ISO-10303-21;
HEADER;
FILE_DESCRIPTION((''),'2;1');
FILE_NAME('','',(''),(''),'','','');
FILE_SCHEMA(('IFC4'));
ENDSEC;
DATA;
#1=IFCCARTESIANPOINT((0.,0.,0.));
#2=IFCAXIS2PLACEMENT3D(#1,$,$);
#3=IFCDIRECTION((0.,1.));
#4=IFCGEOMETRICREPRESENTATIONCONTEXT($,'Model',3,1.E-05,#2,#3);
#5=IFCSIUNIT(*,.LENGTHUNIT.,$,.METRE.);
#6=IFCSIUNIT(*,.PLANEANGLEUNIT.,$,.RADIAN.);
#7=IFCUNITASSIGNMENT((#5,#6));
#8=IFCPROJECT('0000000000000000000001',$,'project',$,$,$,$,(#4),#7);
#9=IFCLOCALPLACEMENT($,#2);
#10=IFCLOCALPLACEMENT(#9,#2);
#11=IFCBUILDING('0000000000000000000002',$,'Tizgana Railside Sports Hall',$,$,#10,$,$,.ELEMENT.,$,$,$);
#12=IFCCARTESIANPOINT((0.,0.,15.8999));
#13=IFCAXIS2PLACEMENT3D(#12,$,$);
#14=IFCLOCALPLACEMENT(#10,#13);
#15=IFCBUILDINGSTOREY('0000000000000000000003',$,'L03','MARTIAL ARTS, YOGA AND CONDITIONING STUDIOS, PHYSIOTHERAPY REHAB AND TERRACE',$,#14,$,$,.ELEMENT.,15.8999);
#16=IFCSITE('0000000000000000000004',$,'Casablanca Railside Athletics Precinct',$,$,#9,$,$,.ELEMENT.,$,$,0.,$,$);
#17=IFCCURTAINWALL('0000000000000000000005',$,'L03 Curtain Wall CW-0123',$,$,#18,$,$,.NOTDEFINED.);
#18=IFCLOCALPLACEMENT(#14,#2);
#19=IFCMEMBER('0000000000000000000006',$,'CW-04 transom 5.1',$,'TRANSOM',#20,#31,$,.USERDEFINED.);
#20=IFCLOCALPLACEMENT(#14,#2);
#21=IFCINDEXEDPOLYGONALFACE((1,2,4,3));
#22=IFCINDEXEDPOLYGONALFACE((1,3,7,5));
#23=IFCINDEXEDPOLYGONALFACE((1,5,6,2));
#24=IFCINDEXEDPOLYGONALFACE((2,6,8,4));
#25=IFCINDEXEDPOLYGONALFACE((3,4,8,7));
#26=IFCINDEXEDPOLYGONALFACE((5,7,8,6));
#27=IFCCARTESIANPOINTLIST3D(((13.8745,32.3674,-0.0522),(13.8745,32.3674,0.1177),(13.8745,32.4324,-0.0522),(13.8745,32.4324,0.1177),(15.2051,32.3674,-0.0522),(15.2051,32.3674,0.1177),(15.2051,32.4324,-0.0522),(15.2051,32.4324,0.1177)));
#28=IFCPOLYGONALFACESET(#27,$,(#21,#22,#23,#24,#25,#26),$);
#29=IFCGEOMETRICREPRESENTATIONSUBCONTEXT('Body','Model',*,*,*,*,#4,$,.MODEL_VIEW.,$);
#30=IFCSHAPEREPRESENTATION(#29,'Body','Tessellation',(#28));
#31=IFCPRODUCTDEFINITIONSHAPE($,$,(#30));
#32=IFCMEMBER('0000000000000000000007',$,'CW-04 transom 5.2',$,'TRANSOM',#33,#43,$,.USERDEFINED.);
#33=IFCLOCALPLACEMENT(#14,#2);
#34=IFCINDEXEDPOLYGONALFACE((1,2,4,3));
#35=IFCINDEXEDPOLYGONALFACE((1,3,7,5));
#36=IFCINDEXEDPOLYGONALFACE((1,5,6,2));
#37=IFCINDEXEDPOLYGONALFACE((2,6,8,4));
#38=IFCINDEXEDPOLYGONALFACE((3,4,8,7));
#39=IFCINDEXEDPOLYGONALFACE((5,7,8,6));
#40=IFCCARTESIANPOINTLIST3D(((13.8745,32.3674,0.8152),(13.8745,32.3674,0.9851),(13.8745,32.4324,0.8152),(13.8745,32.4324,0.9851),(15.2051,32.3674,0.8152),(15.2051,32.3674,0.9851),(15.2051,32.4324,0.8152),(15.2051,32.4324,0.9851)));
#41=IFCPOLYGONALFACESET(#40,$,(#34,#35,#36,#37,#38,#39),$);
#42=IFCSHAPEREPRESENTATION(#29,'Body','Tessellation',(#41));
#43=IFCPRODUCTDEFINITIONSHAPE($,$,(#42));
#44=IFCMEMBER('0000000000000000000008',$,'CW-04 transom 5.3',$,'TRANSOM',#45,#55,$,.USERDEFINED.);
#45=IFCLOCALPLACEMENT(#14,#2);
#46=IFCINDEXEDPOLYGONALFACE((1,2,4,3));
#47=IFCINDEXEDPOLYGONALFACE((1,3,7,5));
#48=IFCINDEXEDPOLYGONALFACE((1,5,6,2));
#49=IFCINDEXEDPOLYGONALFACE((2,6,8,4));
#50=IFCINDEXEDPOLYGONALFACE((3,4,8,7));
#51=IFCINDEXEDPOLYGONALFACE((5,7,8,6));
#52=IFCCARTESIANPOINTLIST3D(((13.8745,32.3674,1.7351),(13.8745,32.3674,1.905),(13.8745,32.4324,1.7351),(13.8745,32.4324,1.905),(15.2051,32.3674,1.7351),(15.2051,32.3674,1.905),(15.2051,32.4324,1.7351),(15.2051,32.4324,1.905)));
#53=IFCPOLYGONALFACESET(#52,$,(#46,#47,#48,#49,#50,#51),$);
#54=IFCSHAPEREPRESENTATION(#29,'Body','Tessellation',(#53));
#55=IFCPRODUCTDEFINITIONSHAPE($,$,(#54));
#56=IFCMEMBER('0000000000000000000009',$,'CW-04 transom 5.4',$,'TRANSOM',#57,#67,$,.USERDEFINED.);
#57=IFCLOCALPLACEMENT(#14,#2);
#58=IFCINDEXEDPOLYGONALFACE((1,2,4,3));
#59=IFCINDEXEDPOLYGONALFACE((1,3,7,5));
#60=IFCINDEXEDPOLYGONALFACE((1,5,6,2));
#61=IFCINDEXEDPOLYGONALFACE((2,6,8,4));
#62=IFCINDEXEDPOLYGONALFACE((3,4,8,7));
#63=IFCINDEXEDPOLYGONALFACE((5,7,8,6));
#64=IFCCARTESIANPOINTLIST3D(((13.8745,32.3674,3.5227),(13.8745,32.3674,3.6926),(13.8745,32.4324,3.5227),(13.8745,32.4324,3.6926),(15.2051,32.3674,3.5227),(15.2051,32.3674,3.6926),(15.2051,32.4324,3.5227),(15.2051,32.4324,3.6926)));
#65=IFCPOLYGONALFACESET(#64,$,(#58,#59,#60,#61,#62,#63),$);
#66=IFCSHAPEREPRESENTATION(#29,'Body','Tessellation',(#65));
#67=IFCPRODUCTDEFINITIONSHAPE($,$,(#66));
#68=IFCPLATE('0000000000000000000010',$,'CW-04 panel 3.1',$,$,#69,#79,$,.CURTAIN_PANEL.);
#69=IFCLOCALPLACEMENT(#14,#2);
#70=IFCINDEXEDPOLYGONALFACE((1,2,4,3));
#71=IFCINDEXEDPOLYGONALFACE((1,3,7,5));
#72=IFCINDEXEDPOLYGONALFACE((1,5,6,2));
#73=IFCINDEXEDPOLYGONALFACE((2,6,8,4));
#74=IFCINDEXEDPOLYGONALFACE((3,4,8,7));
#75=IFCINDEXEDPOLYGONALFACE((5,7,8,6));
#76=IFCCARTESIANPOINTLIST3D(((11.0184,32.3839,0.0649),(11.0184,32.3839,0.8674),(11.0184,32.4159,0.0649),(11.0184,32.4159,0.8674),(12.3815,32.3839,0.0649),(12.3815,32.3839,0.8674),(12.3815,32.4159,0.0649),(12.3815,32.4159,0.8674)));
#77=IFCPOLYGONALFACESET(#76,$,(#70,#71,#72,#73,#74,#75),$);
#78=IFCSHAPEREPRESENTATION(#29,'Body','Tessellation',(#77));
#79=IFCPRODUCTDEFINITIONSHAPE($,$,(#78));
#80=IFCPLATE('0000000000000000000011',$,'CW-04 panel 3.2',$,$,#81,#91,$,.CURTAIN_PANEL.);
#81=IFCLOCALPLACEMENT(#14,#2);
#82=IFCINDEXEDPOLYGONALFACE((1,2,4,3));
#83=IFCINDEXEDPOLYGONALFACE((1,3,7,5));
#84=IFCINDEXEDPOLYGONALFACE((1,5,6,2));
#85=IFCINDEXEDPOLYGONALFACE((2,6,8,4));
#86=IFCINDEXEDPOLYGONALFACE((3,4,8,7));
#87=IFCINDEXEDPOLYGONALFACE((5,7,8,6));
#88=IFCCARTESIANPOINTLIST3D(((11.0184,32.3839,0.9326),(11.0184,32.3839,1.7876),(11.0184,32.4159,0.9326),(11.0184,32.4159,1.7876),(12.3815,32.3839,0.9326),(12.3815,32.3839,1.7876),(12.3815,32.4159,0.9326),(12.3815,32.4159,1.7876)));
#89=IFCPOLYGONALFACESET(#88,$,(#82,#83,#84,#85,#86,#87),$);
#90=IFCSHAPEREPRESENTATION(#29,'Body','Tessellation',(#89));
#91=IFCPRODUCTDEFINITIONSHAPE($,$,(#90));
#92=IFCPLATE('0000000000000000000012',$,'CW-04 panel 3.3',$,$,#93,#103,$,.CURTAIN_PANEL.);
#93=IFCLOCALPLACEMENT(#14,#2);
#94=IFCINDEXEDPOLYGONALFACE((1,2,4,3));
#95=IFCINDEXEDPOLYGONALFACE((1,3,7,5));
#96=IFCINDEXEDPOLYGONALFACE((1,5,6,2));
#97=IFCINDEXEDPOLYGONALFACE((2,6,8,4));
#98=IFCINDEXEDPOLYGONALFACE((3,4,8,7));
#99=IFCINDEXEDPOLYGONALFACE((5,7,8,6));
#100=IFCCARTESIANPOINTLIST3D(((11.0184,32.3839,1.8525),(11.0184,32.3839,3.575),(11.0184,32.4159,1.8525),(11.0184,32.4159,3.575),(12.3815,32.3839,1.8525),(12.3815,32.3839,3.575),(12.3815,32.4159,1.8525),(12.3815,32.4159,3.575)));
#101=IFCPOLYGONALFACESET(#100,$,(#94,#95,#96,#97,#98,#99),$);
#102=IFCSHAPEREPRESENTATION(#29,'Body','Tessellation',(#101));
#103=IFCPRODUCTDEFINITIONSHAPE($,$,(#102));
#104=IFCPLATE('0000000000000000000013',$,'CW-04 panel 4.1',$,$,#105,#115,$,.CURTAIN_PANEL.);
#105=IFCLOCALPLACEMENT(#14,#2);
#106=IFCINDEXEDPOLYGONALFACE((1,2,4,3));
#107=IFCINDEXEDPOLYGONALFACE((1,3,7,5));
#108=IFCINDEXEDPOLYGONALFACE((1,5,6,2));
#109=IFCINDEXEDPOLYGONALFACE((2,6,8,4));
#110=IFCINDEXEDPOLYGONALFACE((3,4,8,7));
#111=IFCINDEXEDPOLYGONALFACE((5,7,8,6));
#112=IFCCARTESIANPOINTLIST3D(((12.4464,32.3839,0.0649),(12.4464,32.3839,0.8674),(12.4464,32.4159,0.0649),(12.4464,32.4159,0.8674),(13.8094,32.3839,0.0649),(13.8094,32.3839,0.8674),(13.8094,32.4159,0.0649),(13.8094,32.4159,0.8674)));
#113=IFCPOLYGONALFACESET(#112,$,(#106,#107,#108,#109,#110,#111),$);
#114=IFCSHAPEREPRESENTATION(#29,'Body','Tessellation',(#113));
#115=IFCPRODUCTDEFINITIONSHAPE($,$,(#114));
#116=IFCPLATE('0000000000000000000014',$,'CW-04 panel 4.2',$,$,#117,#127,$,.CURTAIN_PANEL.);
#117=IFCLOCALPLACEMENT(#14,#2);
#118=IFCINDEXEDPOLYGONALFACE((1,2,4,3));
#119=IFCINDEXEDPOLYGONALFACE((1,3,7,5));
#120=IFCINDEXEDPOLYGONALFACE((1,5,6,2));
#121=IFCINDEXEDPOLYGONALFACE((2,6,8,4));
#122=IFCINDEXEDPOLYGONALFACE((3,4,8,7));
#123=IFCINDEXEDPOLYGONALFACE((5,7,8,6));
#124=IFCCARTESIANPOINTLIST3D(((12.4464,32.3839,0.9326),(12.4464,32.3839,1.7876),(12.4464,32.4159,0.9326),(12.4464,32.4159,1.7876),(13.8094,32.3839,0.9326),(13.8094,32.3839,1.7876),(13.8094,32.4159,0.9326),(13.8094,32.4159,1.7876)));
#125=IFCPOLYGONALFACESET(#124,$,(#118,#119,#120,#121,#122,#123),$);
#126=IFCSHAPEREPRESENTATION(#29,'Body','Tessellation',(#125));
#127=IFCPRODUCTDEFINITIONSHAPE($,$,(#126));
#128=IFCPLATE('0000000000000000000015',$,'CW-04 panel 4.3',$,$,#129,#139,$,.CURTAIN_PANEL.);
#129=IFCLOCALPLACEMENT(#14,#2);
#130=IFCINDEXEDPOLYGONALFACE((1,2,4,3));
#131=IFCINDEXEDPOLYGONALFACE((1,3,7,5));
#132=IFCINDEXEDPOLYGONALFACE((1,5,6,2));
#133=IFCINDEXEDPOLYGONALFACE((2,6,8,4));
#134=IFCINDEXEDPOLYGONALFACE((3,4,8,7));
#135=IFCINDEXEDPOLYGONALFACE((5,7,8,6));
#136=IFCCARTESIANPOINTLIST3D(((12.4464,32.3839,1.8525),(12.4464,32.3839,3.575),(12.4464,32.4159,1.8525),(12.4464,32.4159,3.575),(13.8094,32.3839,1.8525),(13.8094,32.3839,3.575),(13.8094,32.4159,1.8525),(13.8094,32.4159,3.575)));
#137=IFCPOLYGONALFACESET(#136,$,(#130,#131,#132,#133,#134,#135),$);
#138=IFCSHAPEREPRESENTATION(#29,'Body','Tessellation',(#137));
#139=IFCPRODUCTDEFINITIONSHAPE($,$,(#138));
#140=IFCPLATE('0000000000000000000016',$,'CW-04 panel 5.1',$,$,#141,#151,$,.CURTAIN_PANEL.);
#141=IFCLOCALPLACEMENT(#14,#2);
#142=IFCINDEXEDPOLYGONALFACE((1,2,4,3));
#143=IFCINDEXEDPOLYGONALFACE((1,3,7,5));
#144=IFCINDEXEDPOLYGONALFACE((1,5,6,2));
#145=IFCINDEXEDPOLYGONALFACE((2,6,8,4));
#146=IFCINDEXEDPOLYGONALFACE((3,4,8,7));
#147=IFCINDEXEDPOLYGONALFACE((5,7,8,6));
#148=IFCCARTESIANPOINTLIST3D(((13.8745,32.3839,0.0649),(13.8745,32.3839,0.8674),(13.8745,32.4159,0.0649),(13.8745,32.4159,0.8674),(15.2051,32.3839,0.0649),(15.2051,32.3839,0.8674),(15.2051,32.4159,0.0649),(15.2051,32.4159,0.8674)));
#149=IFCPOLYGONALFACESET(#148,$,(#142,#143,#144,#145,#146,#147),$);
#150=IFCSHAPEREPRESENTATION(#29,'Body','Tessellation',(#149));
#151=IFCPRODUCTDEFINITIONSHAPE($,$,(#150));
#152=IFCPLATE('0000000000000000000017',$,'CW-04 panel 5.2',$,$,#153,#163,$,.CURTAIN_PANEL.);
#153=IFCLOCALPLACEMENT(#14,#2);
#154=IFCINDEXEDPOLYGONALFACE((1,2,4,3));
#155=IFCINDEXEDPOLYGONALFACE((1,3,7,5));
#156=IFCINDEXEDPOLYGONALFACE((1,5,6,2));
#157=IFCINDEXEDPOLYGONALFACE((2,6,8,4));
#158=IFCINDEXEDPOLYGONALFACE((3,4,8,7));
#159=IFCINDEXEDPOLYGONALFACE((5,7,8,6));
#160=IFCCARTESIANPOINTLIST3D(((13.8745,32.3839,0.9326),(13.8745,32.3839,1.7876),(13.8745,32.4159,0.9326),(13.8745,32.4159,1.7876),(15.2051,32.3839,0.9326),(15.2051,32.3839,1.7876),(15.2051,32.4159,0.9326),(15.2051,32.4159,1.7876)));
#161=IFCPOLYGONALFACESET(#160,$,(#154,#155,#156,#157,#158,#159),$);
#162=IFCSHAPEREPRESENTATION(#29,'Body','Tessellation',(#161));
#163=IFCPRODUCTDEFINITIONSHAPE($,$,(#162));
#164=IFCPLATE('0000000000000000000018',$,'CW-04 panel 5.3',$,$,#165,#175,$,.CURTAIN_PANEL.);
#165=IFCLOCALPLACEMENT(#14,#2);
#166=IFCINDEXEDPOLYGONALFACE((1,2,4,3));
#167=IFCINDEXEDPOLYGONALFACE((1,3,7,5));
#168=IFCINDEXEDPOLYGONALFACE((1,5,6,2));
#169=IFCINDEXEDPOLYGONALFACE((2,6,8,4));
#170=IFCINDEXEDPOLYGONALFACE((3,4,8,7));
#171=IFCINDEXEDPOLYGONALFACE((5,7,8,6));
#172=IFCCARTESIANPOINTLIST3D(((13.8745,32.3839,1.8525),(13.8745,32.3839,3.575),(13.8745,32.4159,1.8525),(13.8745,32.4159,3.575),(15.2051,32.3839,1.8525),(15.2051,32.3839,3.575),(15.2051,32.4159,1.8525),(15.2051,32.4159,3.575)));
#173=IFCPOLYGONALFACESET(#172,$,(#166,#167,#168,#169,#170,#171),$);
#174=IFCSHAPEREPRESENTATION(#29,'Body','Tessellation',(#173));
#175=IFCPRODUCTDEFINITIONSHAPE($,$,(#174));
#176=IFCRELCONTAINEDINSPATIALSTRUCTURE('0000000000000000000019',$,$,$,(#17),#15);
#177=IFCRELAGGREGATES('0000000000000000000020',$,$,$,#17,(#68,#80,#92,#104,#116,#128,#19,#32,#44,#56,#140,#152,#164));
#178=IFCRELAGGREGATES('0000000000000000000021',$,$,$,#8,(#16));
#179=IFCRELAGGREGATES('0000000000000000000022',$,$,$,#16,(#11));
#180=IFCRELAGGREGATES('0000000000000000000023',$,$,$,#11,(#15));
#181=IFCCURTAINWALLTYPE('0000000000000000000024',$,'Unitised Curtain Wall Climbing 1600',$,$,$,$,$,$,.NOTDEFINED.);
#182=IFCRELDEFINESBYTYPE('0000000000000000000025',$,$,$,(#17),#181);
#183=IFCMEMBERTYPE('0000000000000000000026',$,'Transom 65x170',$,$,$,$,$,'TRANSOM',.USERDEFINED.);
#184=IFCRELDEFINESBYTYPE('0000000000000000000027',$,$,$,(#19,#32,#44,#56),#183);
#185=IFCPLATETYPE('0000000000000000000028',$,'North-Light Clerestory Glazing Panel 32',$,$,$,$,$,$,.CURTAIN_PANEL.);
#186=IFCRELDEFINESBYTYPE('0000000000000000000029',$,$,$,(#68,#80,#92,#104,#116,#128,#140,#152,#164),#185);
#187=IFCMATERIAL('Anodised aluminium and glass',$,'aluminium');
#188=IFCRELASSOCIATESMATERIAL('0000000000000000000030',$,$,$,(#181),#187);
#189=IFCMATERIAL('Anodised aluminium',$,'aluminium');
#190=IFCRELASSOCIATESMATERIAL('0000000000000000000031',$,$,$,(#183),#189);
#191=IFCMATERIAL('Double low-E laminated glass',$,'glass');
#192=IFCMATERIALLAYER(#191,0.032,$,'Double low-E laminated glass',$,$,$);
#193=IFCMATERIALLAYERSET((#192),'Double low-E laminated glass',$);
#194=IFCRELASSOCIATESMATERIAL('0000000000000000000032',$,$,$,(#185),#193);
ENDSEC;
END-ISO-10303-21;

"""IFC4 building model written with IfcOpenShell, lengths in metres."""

from ifc_helpers import new_model, si_unit, direction, frame, origin, origin_2d, place, context, subcontext, project, spatial, rectangle, extrude, material, layer, layer_set, material_profile, profile_set, type_object, element, aggregate, save


model = new_model("IFC4")

# Units and contexts
model_context = context("Model", 3, precision=1e-05, world=origin(), true_north=direction((0.0, 1.0)))
body_context = subcontext(model_context, "Body", "Model", "MODEL_VIEW")
ifc_project = project(units=[si_unit("LENGTHUNIT", "METRE"), si_unit("PLANEANGLEUNIT", "RADIAN")], contexts=[model_context])

# Site, building, storey
site_placement = place(None, origin())
site = spatial("IfcSite", under=ifc_project, at=site_placement, Name="Casablanca Railside Athletics Precinct", CompositionType="ELEMENT", RefElevation=0.0)
building_placement = place(site_placement, origin())
building = spatial("IfcBuilding", under=site, at=building_placement, Name="Tizgana Railside Sports Hall", CompositionType="ELEMENT")
storey_placement = place(building_placement, frame((0.0, 0.0, 15.8999)))
storey = spatial("IfcBuildingStorey", under=building, at=storey_placement, Name="L03", Description="MARTIAL ARTS, YOGA AND CONDITIONING STUDIOS, PHYSIOTHERAPY REHAB AND TERRACE", CompositionType="ELEMENT", Elevation=15.8999)

# Curtain wall
ifc_material_1 = material(Name="Anodised aluminium and glass", Category="aluminium")
curtain_wall_type = type_object("IfcCurtainWallType", Name="Unitised Curtain Wall Climbing 1600", PredefinedType="NOTDEFINED", material=ifc_material_1)
curtain_wall_placement = place(storey_placement, origin())
curtain_wall = element("IfcCurtainWall", 1, at=curtain_wall_placement, inside=storey, type_object=curtain_wall_type, Name="L03 Curtain Wall CW-0123", PredefinedType="NOTDEFINED")
ifc_material_2 = material(Name="Anodised aluminium", Category="aluminium")

# Members
ifc_material_profile_1 = material_profile(ifc_material_2, rectangle(XDim=0.0649, YDim=0.1699, at=origin_2d()), Name="Transom 65x170")
ifc_profile_set_1 = profile_set([ifc_material_profile_1], Name="Anodised aluminium")
member_type_1 = type_object("IfcMemberType", Name="Transom 65x170", ElementType="TRANSOM", PredefinedType="USERDEFINED", material=ifc_profile_set_1)
member_1_placement = place(storey_placement, frame((13.8745, 32.3999, 0.0327), z_axis=(1.0, 0.0, 0.0), x_axis=(0.0, 1.0, 0.0)))
member_1 = element("IfcMember", 2, at=member_1_placement, type_object=member_type_1, Name="CW-04 transom 5.1", ObjectType="TRANSOM", PredefinedType="USERDEFINED", context=body_context, shape_type="SweptSolid", body=[
    extrude(rectangle(XDim=0.0649, YDim=0.1699, at=origin_2d()), origin(), (0.0, 0.0, 1.0), 1.3306),
])
member_2_placement = place(storey_placement, frame((13.8745, 32.3999, 0.9001), z_axis=(1.0, 0.0, 0.0), x_axis=(0.0, 1.0, 0.0)))
member_2 = element("IfcMember", 3, at=member_2_placement, type_object=member_type_1, Name="CW-04 transom 5.2", ObjectType="TRANSOM", PredefinedType="USERDEFINED", context=body_context, shape_type="SweptSolid", body=[
    extrude(rectangle(XDim=0.0649, YDim=0.1699, at=origin_2d()), origin(), (0.0, 0.0, 1.0), 1.3306),
])
member_3_placement = place(storey_placement, frame((13.8745, 32.3999, 1.8201), z_axis=(1.0, 0.0, 0.0), x_axis=(0.0, 1.0, 0.0)))
member_3 = element("IfcMember", 4, at=member_3_placement, type_object=member_type_1, Name="CW-04 transom 5.3", ObjectType="TRANSOM", PredefinedType="USERDEFINED", context=body_context, shape_type="SweptSolid", body=[
    extrude(rectangle(XDim=0.0649, YDim=0.1699, at=origin_2d()), origin(), (0.0, 0.0, 1.0), 1.3306),
])
member_4_placement = place(storey_placement, frame((13.8745, 32.3999, 3.6077), z_axis=(1.0, 0.0, 0.0), x_axis=(0.0, 1.0, 0.0)))
member_4 = element("IfcMember", 5, at=member_4_placement, type_object=member_type_1, Name="CW-04 transom 5.4", ObjectType="TRANSOM", PredefinedType="USERDEFINED", context=body_context, shape_type="SweptSolid", body=[
    extrude(rectangle(XDim=0.0649, YDim=0.1699, at=origin_2d()), origin(), (0.0, 0.0, 1.0), 1.3306),
])

# Plates
ifc_material_3 = material(Name="Double low-E laminated glass", Category="glass")
ifc_layer_1 = layer(ifc_material_3, 0.032, Name="Double low-E laminated glass")
ifc_layer_set_1 = layer_set([ifc_layer_1], Name="Double low-E laminated glass")
plate_type = type_object("IfcPlateType", Name="North-Light Clerestory Glazing Panel 32", PredefinedType="CURTAIN_PANEL", material=ifc_layer_set_1)
plate_1_placement = place(storey_placement, frame((11.7, 32.3999, 0.0649), z_axis=(0.0, 0.0, 1.0), x_axis=(1.0, 0.0, 0.0)))
plate_1 = element("IfcPlate", 6, at=plate_1_placement, type_object=plate_type, Name="CW-04 panel 3.1", PredefinedType="CURTAIN_PANEL", context=body_context, shape_type="SweptSolid", body=[
    extrude(rectangle(XDim=1.363, YDim=0.032, at=origin_2d()), origin(), (0.0, 0.0, 1.0), 0.8025),
])
plate_2_placement = place(storey_placement, frame((11.7, 32.3999, 0.9326), z_axis=(0.0, 0.0, 1.0), x_axis=(1.0, 0.0, 0.0)))
plate_2 = element("IfcPlate", 7, at=plate_2_placement, type_object=plate_type, Name="CW-04 panel 3.2", PredefinedType="CURTAIN_PANEL", context=body_context, shape_type="SweptSolid", body=[
    extrude(rectangle(XDim=1.363, YDim=0.032, at=origin_2d()), origin(), (0.0, 0.0, 1.0), 0.855),
])
plate_3_placement = place(storey_placement, frame((11.7, 32.3999, 1.8525), z_axis=(0.0, 0.0, 1.0), x_axis=(1.0, 0.0, 0.0)))
plate_3 = element("IfcPlate", 8, at=plate_3_placement, type_object=plate_type, Name="CW-04 panel 3.3", PredefinedType="CURTAIN_PANEL", context=body_context, shape_type="SweptSolid", body=[
    extrude(rectangle(XDim=1.363, YDim=0.032, at=origin_2d()), origin(), (0.0, 0.0, 1.0), 1.7224),
])
plate_4_placement = place(storey_placement, frame((13.1279, 32.3999, 0.0649), z_axis=(0.0, 0.0, 1.0), x_axis=(1.0, 0.0, 0.0)))
plate_4 = element("IfcPlate", 9, at=plate_4_placement, type_object=plate_type, Name="CW-04 panel 4.1", PredefinedType="CURTAIN_PANEL", context=body_context, shape_type="SweptSolid", body=[
    extrude(rectangle(XDim=1.363, YDim=0.032, at=origin_2d()), origin(), (0.0, 0.0, 1.0), 0.8025),
])
plate_5_placement = place(storey_placement, frame((13.1279, 32.3999, 0.9326), z_axis=(0.0, 0.0, 1.0), x_axis=(1.0, 0.0, 0.0)))
plate_5 = element("IfcPlate", 10, at=plate_5_placement, type_object=plate_type, Name="CW-04 panel 4.2", PredefinedType="CURTAIN_PANEL", context=body_context, shape_type="SweptSolid", body=[
    extrude(rectangle(XDim=1.363, YDim=0.032, at=origin_2d()), origin(), (0.0, 0.0, 1.0), 0.855),
])
plate_6_placement = place(storey_placement, frame((13.1279, 32.3999, 1.8525), z_axis=(0.0, 0.0, 1.0), x_axis=(1.0, 0.0, 0.0)))
plate_6 = element("IfcPlate", 11, at=plate_6_placement, type_object=plate_type, Name="CW-04 panel 4.3", PredefinedType="CURTAIN_PANEL", context=body_context, shape_type="SweptSolid", body=[
    extrude(rectangle(XDim=1.363, YDim=0.032, at=origin_2d()), origin(), (0.0, 0.0, 1.0), 1.7224),
])
plate_7_placement = place(storey_placement, frame((14.5398, 32.3999, 0.0649), z_axis=(0.0, 0.0, 1.0), x_axis=(1.0, 0.0, 0.0)))
plate_7 = element("IfcPlate", 12, at=plate_7_placement, type_object=plate_type, Name="CW-04 panel 5.1", PredefinedType="CURTAIN_PANEL", context=body_context, shape_type="SweptSolid", body=[
    extrude(rectangle(XDim=1.3306, YDim=0.032, at=origin_2d()), origin(), (0.0, 0.0, 1.0), 0.8025),
])
plate_8_placement = place(storey_placement, frame((14.5398, 32.3999, 0.9326), z_axis=(0.0, 0.0, 1.0), x_axis=(1.0, 0.0, 0.0)))
plate_8 = element("IfcPlate", 13, at=plate_8_placement, type_object=plate_type, Name="CW-04 panel 5.2", PredefinedType="CURTAIN_PANEL", context=body_context, shape_type="SweptSolid", body=[
    extrude(rectangle(XDim=1.3306, YDim=0.032, at=origin_2d()), origin(), (0.0, 0.0, 1.0), 0.855),
])
plate_9_placement = place(storey_placement, frame((14.5398, 32.3999, 1.8525), z_axis=(0.0, 0.0, 1.0), x_axis=(1.0, 0.0, 0.0)))
plate_9 = element("IfcPlate", 14, at=plate_9_placement, type_object=plate_type, Name="CW-04 panel 5.3", PredefinedType="CURTAIN_PANEL", context=body_context, shape_type="SweptSolid", body=[
    extrude(rectangle(XDim=1.3306, YDim=0.032, at=origin_2d()), origin(), (0.0, 0.0, 1.0), 1.7224),
])
aggregate(curtain_wall, [plate_1, plate_2, plate_3, plate_4, plate_5, plate_6, member_1, member_2, member_3, member_4, plate_7, plate_8, plate_9])

save(model, "model.ifc")
